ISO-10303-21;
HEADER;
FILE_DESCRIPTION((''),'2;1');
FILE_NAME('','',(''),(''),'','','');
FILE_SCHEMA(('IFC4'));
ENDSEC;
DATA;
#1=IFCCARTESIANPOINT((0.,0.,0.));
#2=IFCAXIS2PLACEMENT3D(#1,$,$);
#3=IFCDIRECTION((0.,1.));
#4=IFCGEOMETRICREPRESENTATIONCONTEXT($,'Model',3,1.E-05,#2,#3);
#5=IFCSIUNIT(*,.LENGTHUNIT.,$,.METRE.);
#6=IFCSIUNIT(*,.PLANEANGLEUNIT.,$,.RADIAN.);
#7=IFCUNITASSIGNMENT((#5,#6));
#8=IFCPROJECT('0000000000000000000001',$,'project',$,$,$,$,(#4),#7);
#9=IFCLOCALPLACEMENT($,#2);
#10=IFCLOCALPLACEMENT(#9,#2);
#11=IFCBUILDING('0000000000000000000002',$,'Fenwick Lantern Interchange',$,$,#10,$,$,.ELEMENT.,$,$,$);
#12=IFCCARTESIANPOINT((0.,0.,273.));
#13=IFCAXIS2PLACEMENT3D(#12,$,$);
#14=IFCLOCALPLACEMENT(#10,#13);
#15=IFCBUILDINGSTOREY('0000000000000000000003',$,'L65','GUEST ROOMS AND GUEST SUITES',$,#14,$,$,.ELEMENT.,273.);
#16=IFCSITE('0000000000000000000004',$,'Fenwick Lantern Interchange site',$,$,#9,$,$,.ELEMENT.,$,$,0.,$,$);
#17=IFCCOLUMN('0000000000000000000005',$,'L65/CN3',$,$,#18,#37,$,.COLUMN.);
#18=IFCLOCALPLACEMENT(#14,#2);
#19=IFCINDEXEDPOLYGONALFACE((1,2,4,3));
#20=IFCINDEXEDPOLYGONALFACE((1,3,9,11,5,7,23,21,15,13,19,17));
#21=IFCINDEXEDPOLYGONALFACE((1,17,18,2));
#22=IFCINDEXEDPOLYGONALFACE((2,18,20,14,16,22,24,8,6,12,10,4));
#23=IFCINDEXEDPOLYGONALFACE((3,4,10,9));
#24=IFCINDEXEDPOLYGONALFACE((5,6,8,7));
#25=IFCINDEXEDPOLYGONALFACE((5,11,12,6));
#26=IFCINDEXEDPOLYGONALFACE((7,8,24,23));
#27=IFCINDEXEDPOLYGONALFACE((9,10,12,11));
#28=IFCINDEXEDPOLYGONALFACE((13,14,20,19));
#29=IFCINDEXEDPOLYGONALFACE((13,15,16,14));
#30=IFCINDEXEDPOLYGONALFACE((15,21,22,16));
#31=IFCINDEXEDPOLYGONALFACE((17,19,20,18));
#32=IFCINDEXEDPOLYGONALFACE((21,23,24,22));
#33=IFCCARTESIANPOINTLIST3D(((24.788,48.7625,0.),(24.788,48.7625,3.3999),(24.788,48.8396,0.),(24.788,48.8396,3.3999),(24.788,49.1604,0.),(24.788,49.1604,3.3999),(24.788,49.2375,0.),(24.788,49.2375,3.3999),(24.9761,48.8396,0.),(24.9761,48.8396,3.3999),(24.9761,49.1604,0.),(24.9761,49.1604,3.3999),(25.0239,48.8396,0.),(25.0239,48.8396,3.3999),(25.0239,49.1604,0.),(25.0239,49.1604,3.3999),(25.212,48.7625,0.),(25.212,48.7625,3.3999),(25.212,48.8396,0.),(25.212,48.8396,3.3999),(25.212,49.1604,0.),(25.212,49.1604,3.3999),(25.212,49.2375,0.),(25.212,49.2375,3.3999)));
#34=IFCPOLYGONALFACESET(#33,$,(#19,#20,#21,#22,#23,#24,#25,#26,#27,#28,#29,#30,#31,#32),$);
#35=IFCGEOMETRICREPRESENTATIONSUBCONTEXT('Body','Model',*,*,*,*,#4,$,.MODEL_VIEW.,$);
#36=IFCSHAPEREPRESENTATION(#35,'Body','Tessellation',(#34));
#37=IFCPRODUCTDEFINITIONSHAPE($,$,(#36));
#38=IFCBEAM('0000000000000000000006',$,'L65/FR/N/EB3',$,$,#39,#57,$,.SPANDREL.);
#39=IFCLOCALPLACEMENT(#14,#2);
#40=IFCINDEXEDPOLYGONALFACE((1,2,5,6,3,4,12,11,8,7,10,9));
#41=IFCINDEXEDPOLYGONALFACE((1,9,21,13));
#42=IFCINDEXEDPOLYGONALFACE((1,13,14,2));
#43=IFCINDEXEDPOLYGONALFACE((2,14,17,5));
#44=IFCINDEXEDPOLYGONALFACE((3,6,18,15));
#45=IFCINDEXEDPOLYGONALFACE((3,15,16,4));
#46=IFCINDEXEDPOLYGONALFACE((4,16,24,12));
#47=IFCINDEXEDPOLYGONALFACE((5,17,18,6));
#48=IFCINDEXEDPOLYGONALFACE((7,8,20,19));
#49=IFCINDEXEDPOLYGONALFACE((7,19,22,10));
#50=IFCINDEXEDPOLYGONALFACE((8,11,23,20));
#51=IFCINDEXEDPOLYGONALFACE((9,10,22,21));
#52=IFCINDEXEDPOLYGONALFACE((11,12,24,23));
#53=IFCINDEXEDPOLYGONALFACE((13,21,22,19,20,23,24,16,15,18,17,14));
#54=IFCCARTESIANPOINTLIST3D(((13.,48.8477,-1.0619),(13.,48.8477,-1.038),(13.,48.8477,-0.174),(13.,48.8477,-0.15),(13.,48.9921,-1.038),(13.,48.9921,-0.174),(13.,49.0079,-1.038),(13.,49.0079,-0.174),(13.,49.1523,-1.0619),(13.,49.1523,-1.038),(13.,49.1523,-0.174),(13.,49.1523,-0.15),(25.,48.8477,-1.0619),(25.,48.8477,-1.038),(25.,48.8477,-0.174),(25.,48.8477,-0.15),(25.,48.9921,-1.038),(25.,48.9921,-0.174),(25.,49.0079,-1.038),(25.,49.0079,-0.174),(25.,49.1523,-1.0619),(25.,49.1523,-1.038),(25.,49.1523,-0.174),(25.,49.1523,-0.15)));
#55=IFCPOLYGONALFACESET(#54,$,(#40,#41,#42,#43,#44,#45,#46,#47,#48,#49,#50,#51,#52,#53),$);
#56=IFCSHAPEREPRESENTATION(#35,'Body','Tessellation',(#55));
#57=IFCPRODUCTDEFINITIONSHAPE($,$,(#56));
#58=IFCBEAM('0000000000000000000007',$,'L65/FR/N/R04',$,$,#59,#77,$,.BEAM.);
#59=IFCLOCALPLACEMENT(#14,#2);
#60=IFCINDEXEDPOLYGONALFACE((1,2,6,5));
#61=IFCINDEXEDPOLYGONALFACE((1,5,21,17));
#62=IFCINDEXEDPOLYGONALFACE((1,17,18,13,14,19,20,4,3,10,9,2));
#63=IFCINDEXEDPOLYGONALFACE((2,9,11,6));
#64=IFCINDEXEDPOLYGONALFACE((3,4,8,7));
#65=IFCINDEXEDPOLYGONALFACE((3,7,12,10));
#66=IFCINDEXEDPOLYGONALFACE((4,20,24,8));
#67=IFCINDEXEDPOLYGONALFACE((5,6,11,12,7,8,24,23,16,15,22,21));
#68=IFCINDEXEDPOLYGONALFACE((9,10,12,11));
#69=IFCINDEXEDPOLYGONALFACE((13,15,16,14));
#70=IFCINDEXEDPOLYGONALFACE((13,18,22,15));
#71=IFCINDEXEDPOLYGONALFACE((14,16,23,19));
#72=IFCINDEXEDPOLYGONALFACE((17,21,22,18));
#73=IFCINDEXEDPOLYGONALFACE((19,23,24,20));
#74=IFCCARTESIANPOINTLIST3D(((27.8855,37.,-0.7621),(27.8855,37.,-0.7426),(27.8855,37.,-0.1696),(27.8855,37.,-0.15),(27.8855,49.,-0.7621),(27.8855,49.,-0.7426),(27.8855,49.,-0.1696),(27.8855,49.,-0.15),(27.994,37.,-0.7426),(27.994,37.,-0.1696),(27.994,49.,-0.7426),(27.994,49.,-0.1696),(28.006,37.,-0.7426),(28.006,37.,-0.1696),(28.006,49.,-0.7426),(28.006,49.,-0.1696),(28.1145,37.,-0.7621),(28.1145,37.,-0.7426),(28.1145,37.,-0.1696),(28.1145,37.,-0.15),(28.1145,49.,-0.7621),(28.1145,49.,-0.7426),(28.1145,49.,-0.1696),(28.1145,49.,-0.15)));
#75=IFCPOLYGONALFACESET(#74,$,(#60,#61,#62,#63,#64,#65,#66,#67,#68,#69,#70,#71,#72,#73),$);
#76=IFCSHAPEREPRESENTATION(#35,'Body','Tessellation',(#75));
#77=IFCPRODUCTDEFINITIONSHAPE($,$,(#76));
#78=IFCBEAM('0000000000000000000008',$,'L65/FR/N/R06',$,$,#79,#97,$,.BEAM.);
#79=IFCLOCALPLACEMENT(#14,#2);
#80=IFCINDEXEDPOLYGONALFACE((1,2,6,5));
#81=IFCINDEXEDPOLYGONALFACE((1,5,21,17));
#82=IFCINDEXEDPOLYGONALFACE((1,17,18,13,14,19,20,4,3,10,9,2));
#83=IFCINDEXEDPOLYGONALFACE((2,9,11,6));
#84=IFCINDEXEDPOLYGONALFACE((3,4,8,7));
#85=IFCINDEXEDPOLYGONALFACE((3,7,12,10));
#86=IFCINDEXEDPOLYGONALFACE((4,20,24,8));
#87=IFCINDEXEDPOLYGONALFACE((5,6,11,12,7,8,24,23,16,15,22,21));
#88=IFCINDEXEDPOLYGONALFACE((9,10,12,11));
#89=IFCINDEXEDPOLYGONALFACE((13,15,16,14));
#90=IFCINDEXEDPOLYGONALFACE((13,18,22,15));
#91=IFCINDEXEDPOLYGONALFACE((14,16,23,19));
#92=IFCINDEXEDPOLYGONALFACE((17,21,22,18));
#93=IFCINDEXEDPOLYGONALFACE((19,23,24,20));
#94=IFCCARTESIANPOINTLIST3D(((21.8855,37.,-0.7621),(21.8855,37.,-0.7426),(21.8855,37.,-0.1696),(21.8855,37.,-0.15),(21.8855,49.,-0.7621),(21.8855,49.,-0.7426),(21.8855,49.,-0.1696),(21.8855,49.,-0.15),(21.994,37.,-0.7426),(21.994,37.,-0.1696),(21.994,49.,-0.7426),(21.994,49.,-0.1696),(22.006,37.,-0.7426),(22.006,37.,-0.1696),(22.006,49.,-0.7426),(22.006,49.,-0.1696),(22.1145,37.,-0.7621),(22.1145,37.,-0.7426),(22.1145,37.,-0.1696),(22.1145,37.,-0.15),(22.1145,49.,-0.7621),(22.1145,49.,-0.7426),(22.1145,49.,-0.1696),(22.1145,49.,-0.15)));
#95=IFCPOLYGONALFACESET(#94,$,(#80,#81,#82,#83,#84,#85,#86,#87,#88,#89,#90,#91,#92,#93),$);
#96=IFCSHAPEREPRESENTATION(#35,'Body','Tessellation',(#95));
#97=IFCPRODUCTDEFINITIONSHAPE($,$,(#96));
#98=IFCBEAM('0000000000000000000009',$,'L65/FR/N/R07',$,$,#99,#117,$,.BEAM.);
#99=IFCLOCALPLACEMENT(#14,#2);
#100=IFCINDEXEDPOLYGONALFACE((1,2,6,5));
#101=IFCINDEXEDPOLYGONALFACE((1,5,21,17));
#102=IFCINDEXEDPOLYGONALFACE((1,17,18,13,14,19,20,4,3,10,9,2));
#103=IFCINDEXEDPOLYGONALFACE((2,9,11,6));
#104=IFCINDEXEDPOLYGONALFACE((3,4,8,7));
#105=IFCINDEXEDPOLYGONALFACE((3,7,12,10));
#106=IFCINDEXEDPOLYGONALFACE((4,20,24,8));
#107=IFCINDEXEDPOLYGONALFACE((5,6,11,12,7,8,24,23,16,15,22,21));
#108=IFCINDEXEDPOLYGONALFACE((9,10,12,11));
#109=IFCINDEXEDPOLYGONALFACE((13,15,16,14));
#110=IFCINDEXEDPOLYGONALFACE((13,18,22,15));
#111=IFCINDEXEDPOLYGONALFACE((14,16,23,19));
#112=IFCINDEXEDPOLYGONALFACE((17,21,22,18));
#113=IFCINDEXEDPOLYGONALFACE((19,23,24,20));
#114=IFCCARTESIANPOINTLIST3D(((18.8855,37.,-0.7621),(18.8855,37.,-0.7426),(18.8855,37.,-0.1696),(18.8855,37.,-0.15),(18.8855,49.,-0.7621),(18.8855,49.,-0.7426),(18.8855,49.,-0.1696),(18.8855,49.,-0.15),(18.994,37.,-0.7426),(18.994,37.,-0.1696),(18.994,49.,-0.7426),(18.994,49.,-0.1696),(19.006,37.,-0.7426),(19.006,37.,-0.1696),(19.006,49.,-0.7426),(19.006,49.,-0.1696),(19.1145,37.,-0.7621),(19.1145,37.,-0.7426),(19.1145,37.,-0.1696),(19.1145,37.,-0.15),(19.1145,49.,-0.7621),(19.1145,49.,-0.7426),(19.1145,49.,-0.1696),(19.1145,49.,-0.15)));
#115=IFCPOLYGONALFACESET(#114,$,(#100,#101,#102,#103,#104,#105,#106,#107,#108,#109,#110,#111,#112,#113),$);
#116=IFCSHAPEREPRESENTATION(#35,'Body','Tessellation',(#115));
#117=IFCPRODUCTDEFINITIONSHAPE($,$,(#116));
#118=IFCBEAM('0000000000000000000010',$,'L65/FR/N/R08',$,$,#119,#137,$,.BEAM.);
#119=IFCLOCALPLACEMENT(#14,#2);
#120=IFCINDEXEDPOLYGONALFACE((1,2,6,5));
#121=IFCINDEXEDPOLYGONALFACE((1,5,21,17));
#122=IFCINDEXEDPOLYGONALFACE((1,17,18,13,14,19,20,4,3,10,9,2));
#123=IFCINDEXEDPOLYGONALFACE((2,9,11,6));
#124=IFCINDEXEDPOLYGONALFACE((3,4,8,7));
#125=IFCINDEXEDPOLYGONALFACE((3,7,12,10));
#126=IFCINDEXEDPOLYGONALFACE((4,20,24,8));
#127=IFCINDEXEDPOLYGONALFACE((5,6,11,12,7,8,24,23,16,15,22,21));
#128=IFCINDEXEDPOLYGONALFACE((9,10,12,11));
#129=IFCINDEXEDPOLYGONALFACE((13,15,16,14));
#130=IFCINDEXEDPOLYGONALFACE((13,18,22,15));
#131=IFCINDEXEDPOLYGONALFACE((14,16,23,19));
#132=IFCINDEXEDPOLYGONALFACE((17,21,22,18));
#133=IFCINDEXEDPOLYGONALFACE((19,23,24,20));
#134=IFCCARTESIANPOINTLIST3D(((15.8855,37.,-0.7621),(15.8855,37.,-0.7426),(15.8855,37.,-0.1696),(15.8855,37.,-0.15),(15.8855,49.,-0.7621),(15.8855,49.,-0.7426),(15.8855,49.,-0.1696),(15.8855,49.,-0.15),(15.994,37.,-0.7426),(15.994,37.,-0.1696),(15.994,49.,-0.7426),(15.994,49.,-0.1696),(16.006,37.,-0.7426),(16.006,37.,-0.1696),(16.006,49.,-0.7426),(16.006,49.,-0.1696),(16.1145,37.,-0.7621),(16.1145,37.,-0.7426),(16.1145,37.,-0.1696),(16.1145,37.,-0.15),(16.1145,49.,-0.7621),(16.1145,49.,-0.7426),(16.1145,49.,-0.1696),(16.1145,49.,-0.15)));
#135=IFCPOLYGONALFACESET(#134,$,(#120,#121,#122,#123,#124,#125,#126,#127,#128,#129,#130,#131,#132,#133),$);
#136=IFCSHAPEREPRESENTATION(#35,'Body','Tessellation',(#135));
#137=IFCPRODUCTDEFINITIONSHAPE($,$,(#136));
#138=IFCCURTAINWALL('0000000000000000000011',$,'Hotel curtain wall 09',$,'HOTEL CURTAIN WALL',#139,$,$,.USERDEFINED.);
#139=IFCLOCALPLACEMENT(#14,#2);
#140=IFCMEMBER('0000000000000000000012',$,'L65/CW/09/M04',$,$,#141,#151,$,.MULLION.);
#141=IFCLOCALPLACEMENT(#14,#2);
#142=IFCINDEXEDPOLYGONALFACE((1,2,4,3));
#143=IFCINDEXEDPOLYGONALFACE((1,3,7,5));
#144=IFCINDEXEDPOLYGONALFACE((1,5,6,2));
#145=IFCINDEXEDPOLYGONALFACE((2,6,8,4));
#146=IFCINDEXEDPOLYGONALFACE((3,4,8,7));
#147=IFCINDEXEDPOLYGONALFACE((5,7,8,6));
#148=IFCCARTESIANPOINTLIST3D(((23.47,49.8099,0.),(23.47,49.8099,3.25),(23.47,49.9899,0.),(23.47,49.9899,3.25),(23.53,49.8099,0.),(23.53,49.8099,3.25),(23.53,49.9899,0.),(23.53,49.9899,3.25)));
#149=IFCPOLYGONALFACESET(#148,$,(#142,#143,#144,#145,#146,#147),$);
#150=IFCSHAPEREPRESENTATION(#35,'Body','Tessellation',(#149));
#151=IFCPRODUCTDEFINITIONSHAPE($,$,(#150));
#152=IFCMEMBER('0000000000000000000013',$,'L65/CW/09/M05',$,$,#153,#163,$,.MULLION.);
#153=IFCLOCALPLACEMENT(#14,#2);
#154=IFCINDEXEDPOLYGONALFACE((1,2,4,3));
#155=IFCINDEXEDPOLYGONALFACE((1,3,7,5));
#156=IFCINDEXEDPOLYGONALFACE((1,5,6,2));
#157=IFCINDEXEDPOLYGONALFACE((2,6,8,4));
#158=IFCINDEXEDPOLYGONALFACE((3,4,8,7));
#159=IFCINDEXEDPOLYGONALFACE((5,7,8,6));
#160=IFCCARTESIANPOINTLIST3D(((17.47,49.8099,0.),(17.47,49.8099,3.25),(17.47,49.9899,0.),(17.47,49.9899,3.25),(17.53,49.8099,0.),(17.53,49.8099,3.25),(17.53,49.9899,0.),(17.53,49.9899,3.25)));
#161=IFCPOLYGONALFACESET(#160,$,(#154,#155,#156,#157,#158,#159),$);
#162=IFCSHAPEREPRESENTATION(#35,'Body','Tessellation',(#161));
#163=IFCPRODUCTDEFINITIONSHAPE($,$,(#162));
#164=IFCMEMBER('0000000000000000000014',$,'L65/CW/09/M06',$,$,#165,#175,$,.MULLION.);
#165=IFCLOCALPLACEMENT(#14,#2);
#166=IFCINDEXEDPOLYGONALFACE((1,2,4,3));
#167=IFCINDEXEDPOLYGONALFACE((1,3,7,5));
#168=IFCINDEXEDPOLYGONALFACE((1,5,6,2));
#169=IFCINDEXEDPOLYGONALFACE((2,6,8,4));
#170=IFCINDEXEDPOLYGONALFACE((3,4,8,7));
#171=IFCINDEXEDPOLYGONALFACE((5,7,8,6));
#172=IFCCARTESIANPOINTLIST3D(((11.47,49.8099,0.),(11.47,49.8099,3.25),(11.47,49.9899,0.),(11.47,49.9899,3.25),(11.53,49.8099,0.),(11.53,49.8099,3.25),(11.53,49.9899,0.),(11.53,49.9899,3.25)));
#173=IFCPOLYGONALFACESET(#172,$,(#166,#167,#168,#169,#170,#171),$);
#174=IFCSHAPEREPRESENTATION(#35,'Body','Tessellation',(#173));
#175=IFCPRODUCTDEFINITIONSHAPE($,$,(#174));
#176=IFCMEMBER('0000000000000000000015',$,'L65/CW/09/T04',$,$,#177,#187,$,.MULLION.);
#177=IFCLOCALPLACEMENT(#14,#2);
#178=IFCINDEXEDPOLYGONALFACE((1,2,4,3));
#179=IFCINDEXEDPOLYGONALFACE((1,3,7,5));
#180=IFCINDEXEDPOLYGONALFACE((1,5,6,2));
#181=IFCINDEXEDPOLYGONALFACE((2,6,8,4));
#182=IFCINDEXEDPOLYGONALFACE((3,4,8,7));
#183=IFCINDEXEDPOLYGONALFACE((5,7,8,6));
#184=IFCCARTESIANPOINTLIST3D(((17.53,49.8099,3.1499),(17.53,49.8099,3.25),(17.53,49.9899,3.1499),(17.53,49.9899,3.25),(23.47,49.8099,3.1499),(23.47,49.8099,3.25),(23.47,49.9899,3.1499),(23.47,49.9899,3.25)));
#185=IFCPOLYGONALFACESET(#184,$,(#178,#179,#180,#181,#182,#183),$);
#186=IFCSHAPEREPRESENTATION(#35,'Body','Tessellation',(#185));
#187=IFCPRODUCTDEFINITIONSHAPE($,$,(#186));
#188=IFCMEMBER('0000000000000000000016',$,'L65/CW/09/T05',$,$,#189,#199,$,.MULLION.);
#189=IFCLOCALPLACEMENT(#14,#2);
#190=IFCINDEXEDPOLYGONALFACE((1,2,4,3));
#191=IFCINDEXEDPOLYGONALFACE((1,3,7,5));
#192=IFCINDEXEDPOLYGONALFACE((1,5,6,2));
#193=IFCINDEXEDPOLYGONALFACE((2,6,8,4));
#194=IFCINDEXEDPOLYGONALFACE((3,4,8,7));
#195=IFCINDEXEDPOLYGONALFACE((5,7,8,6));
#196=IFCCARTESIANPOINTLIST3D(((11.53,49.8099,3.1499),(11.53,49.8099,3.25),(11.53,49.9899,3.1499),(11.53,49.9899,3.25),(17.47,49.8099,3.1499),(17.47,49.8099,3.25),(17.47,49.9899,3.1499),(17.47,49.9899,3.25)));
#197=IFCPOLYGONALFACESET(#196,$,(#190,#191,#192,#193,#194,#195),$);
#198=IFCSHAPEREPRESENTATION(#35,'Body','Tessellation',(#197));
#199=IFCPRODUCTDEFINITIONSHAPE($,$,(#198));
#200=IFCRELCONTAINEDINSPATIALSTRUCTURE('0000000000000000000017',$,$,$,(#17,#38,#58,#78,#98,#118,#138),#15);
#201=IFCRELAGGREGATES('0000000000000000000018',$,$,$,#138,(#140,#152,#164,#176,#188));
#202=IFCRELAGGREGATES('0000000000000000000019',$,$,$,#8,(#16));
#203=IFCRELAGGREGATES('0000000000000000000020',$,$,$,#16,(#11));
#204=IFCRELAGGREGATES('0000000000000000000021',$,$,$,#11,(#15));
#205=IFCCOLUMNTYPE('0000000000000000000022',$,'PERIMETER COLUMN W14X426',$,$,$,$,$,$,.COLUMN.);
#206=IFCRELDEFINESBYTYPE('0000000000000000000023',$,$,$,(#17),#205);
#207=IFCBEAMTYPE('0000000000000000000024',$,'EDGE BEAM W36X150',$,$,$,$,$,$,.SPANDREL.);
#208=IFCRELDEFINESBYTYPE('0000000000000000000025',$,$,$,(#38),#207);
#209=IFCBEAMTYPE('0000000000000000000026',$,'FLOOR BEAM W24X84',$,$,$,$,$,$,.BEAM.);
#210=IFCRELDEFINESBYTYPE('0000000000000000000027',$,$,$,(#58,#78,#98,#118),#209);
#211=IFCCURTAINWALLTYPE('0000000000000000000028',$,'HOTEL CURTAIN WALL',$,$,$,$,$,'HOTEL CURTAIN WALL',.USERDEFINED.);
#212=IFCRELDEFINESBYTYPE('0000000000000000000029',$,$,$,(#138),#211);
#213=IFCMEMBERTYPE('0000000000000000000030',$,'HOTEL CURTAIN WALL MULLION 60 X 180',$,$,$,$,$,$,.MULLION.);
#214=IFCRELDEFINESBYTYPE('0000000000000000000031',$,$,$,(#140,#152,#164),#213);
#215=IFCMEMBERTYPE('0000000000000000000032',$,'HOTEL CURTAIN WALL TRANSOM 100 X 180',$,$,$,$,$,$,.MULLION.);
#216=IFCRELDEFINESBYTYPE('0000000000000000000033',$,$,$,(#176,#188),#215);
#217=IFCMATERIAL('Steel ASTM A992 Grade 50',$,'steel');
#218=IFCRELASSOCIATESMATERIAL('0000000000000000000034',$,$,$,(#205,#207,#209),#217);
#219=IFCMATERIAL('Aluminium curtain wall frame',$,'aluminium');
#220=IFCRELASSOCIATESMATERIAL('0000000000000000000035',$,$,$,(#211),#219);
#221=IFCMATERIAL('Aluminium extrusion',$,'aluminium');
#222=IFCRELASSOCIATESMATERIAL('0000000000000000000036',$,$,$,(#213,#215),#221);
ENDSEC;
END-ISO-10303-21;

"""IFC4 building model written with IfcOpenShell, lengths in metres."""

from ifc_helpers import new_model, si_unit, direction, frame, origin, origin_2d, place, context, subcontext, project, spatial, rectangle, i_section, extrude, material, material_profile, profile_set, type_object, element, aggregate, save


model = new_model("IFC4")

# Units and contexts
model_context = context("Model", 3, precision=1e-05, world=origin(), true_north=direction((0.0, 1.0)))
body_context = subcontext(model_context, "Body", "Model", "MODEL_VIEW")
ifc_project = project(units=[si_unit("LENGTHUNIT", "METRE"), si_unit("PLANEANGLEUNIT", "RADIAN")], contexts=[model_context])

# Site, building, storey
site_placement = place(None, origin())
site = spatial("IfcSite", under=ifc_project, at=site_placement, Name="Fenwick Lantern Interchange site", CompositionType="ELEMENT", RefElevation=0.0)
building_placement = place(site_placement, origin())
building = spatial("IfcBuilding", under=site, at=building_placement, Name="Fenwick Lantern Interchange", CompositionType="ELEMENT")
storey_placement = place(building_placement, frame((0.0, 0.0, 273.0)))
storey = spatial("IfcBuildingStorey", under=building, at=storey_placement, Name="L65", Description="GUEST ROOMS AND GUEST SUITES", CompositionType="ELEMENT", Elevation=273.0)

# Column
ifc_material_1 = material(Name="Steel ASTM A992 Grade 50", Category="steel")
ifc_material_profile_1 = material_profile(ifc_material_1, i_section(OverallWidth=0.4241, OverallDepth=0.4751, WebThickness=0.0479, FlangeThickness=0.0771, at=origin_2d()), Name="W14X426")
ifc_profile_set_1 = profile_set([ifc_material_profile_1], Name="Steel ASTM A992 Grade 50")
column_type = type_object("IfcColumnType", Name="PERIMETER COLUMN W14X426", PredefinedType="COLUMN", material=ifc_profile_set_1)
column_placement = place(storey_placement, frame((25.0, 49.0, 0.0), z_axis=(0.0, 0.0, 1.0), x_axis=(1.0, 0.0, 0.0)))
element("IfcColumn", 1, at=column_placement, inside=storey, type_object=column_type, Name="L65/CN3", PredefinedType="COLUMN", context=body_context, shape_type="SweptSolid", body=[
    extrude(i_section(OverallWidth=0.4241, OverallDepth=0.4751, WebThickness=0.0479, FlangeThickness=0.0771, at=origin_2d()), origin(), (0.0, 0.0, 1.0), 3.3999),
])

# Beams
ifc_material_profile_2 = material_profile(ifc_material_1, i_section(OverallWidth=0.3047, OverallDepth=0.9119, WebThickness=0.0159, FlangeThickness=0.0239, at=origin_2d()), Name="W36X150")
ifc_profile_set_2 = profile_set([ifc_material_profile_2], Name="Steel ASTM A992 Grade 50")
beam_type_1 = type_object("IfcBeamType", Name="EDGE BEAM W36X150", PredefinedType="SPANDREL", material=ifc_profile_set_2)
beam_placement = place(storey_placement, frame((25.0, 49.0, -0.606), z_axis=(-1.0, 0.0, 0.0), x_axis=(0.0, -1.0, 0.0)))
element("IfcBeam", 2, at=beam_placement, inside=storey, type_object=beam_type_1, Name="L65/FR/N/EB3", PredefinedType="SPANDREL", context=body_context, shape_type="SweptSolid", body=[
    extrude(i_section(OverallWidth=0.3047, OverallDepth=0.9119, WebThickness=0.0159, FlangeThickness=0.0239, at=origin_2d()), origin(), (0.0, 0.0, 1.0), 12.0),
])
ifc_material_profile_3 = material_profile(ifc_material_1, i_section(OverallWidth=0.229, OverallDepth=0.6121, WebThickness=0.012, FlangeThickness=0.0195, at=origin_2d()), Name="W24X84")
ifc_profile_set_3 = profile_set([ifc_material_profile_3], Name="Steel ASTM A992 Grade 50")
beam_type_2 = type_object("IfcBeamType", Name="FLOOR BEAM W24X84", PredefinedType="BEAM", material=ifc_profile_set_3)
for number, where, z_axis, x_axis, name in (
    (3, (28.0, 49.0, -0.4561), (0.0, -1.0, 0.0), (1.0, 0.0, 0.0), "L65/FR/N/R04"),
    (4, (22.0, 49.0, -0.4561), (0.0, -1.0, 0.0), (1.0, 0.0, 0.0), "L65/FR/N/R06"),
    (5, (19.0, 49.0, -0.4561), (0.0, -1.0, 0.0), (1.0, 0.0, 0.0), "L65/FR/N/R07"),
    (6, (16.0, 49.0, -0.4561), (0.0, -1.0, 0.0), (1.0, 0.0, 0.0), "L65/FR/N/R08"),
):
    element("IfcBeam", number, at=place(storey_placement, frame(where, z_axis=z_axis, x_axis=x_axis)), inside=storey, type_object=beam_type_2, Name=name, PredefinedType="BEAM", context=body_context, shape_type="SweptSolid", body=[
        extrude(i_section(OverallWidth=0.229, OverallDepth=0.6121, WebThickness=0.012, FlangeThickness=0.0195, at=origin_2d()), origin(), (0.0, 0.0, 1.0), 12.0),
    ])

# Curtain wall, members
ifc_material_2 = material(Name="Aluminium curtain wall frame", Category="aluminium")
curtain_wall_type = type_object("IfcCurtainWallType", Name="HOTEL CURTAIN WALL", ElementType="HOTEL CURTAIN WALL", PredefinedType="USERDEFINED", material=ifc_material_2)
curtain_wall_placement = place(storey_placement, origin())
curtain_wall = element("IfcCurtainWall", 7, at=curtain_wall_placement, inside=storey, type_object=curtain_wall_type, Name="Hotel curtain wall 09", ObjectType="HOTEL CURTAIN WALL", PredefinedType="USERDEFINED")
ifc_material_3 = material(Name="Aluminium extrusion", Category="aluminium")
ifc_material_profile_4 = material_profile(ifc_material_3, rectangle(XDim=0.1799, YDim=0.0601, at=origin_2d()), Name="HOTEL CURTAIN WALL MULLION 60 X 180")
ifc_profile_set_4 = profile_set([ifc_material_profile_4], Name="Aluminium extrusion")
member_type_1 = type_object("IfcMemberType", Name="HOTEL CURTAIN WALL MULLION 60 X 180", PredefinedType="MULLION", material=ifc_profile_set_4)
member_1_placement = place(storey_placement, frame((23.5, 49.8999, 0.0), z_axis=(0.0, 0.0, 1.0), x_axis=(0.0, -1.0, 0.0)))
member_1 = element("IfcMember", 8, at=member_1_placement, type_object=member_type_1, Name="L65/CW/09/M04", PredefinedType="MULLION", context=body_context, shape_type="SweptSolid", body=[
    extrude(rectangle(XDim=0.1799, YDim=0.0601, at=origin_2d()), origin(), (0.0, 0.0, 1.0), 3.25),
])
member_2_placement = place(storey_placement, frame((17.5, 49.8999, 0.0), z_axis=(0.0, 0.0, 1.0), x_axis=(0.0, -1.0, 0.0)))
member_2 = element("IfcMember", 9, at=member_2_placement, type_object=member_type_1, Name="L65/CW/09/M05", PredefinedType="MULLION", context=body_context, shape_type="SweptSolid", body=[
    extrude(rectangle(XDim=0.1799, YDim=0.0601, at=origin_2d()), origin(), (0.0, 0.0, 1.0), 3.25),
])
member_3_placement = place(storey_placement, frame((11.5, 49.8999, 0.0), z_axis=(0.0, 0.0, 1.0), x_axis=(0.0, -1.0, 0.0)))
member_3 = element("IfcMember", 10, at=member_3_placement, type_object=member_type_1, Name="L65/CW/09/M06", PredefinedType="MULLION", context=body_context, shape_type="SweptSolid", body=[
    extrude(rectangle(XDim=0.1799, YDim=0.0601, at=origin_2d()), origin(), (0.0, 0.0, 1.0), 3.25),
])
ifc_material_profile_5 = material_profile(ifc_material_3, rectangle(XDim=0.1799, YDim=0.1001, at=origin_2d()), Name="HOTEL CURTAIN WALL TRANSOM 100 X 180")
ifc_profile_set_5 = profile_set([ifc_material_profile_5], Name="Aluminium extrusion")
member_type_2 = type_object("IfcMemberType", Name="HOTEL CURTAIN WALL TRANSOM 100 X 180", PredefinedType="MULLION", material=ifc_profile_set_5)
member_4_placement = place(storey_placement, frame((23.47, 49.8999, 3.2), z_axis=(-1.0, 0.0, 0.0), x_axis=(0.0, -1.0, 0.0)))
member_4 = element("IfcMember", 11, at=member_4_placement, type_object=member_type_2, Name="L65/CW/09/T04", PredefinedType="MULLION", context=body_context, shape_type="SweptSolid", body=[
    extrude(rectangle(XDim=0.1799, YDim=0.1001, at=origin_2d()), origin(), (0.0, 0.0, 1.0), 5.9399),
])
member_5_placement = place(storey_placement, frame((17.47, 49.8999, 3.2), z_axis=(-1.0, 0.0, 0.0), x_axis=(0.0, -1.0, 0.0)))
member_5 = element("IfcMember", 12, at=member_5_placement, type_object=member_type_2, Name="L65/CW/09/T05", PredefinedType="MULLION", context=body_context, shape_type="SweptSolid", body=[
    extrude(rectangle(XDim=0.1799, YDim=0.1001, at=origin_2d()), origin(), (0.0, 0.0, 1.0), 5.9399),
])
aggregate(curtain_wall, [member_1, member_2, member_3, member_4, member_5])

save(model, "model.ifc")
